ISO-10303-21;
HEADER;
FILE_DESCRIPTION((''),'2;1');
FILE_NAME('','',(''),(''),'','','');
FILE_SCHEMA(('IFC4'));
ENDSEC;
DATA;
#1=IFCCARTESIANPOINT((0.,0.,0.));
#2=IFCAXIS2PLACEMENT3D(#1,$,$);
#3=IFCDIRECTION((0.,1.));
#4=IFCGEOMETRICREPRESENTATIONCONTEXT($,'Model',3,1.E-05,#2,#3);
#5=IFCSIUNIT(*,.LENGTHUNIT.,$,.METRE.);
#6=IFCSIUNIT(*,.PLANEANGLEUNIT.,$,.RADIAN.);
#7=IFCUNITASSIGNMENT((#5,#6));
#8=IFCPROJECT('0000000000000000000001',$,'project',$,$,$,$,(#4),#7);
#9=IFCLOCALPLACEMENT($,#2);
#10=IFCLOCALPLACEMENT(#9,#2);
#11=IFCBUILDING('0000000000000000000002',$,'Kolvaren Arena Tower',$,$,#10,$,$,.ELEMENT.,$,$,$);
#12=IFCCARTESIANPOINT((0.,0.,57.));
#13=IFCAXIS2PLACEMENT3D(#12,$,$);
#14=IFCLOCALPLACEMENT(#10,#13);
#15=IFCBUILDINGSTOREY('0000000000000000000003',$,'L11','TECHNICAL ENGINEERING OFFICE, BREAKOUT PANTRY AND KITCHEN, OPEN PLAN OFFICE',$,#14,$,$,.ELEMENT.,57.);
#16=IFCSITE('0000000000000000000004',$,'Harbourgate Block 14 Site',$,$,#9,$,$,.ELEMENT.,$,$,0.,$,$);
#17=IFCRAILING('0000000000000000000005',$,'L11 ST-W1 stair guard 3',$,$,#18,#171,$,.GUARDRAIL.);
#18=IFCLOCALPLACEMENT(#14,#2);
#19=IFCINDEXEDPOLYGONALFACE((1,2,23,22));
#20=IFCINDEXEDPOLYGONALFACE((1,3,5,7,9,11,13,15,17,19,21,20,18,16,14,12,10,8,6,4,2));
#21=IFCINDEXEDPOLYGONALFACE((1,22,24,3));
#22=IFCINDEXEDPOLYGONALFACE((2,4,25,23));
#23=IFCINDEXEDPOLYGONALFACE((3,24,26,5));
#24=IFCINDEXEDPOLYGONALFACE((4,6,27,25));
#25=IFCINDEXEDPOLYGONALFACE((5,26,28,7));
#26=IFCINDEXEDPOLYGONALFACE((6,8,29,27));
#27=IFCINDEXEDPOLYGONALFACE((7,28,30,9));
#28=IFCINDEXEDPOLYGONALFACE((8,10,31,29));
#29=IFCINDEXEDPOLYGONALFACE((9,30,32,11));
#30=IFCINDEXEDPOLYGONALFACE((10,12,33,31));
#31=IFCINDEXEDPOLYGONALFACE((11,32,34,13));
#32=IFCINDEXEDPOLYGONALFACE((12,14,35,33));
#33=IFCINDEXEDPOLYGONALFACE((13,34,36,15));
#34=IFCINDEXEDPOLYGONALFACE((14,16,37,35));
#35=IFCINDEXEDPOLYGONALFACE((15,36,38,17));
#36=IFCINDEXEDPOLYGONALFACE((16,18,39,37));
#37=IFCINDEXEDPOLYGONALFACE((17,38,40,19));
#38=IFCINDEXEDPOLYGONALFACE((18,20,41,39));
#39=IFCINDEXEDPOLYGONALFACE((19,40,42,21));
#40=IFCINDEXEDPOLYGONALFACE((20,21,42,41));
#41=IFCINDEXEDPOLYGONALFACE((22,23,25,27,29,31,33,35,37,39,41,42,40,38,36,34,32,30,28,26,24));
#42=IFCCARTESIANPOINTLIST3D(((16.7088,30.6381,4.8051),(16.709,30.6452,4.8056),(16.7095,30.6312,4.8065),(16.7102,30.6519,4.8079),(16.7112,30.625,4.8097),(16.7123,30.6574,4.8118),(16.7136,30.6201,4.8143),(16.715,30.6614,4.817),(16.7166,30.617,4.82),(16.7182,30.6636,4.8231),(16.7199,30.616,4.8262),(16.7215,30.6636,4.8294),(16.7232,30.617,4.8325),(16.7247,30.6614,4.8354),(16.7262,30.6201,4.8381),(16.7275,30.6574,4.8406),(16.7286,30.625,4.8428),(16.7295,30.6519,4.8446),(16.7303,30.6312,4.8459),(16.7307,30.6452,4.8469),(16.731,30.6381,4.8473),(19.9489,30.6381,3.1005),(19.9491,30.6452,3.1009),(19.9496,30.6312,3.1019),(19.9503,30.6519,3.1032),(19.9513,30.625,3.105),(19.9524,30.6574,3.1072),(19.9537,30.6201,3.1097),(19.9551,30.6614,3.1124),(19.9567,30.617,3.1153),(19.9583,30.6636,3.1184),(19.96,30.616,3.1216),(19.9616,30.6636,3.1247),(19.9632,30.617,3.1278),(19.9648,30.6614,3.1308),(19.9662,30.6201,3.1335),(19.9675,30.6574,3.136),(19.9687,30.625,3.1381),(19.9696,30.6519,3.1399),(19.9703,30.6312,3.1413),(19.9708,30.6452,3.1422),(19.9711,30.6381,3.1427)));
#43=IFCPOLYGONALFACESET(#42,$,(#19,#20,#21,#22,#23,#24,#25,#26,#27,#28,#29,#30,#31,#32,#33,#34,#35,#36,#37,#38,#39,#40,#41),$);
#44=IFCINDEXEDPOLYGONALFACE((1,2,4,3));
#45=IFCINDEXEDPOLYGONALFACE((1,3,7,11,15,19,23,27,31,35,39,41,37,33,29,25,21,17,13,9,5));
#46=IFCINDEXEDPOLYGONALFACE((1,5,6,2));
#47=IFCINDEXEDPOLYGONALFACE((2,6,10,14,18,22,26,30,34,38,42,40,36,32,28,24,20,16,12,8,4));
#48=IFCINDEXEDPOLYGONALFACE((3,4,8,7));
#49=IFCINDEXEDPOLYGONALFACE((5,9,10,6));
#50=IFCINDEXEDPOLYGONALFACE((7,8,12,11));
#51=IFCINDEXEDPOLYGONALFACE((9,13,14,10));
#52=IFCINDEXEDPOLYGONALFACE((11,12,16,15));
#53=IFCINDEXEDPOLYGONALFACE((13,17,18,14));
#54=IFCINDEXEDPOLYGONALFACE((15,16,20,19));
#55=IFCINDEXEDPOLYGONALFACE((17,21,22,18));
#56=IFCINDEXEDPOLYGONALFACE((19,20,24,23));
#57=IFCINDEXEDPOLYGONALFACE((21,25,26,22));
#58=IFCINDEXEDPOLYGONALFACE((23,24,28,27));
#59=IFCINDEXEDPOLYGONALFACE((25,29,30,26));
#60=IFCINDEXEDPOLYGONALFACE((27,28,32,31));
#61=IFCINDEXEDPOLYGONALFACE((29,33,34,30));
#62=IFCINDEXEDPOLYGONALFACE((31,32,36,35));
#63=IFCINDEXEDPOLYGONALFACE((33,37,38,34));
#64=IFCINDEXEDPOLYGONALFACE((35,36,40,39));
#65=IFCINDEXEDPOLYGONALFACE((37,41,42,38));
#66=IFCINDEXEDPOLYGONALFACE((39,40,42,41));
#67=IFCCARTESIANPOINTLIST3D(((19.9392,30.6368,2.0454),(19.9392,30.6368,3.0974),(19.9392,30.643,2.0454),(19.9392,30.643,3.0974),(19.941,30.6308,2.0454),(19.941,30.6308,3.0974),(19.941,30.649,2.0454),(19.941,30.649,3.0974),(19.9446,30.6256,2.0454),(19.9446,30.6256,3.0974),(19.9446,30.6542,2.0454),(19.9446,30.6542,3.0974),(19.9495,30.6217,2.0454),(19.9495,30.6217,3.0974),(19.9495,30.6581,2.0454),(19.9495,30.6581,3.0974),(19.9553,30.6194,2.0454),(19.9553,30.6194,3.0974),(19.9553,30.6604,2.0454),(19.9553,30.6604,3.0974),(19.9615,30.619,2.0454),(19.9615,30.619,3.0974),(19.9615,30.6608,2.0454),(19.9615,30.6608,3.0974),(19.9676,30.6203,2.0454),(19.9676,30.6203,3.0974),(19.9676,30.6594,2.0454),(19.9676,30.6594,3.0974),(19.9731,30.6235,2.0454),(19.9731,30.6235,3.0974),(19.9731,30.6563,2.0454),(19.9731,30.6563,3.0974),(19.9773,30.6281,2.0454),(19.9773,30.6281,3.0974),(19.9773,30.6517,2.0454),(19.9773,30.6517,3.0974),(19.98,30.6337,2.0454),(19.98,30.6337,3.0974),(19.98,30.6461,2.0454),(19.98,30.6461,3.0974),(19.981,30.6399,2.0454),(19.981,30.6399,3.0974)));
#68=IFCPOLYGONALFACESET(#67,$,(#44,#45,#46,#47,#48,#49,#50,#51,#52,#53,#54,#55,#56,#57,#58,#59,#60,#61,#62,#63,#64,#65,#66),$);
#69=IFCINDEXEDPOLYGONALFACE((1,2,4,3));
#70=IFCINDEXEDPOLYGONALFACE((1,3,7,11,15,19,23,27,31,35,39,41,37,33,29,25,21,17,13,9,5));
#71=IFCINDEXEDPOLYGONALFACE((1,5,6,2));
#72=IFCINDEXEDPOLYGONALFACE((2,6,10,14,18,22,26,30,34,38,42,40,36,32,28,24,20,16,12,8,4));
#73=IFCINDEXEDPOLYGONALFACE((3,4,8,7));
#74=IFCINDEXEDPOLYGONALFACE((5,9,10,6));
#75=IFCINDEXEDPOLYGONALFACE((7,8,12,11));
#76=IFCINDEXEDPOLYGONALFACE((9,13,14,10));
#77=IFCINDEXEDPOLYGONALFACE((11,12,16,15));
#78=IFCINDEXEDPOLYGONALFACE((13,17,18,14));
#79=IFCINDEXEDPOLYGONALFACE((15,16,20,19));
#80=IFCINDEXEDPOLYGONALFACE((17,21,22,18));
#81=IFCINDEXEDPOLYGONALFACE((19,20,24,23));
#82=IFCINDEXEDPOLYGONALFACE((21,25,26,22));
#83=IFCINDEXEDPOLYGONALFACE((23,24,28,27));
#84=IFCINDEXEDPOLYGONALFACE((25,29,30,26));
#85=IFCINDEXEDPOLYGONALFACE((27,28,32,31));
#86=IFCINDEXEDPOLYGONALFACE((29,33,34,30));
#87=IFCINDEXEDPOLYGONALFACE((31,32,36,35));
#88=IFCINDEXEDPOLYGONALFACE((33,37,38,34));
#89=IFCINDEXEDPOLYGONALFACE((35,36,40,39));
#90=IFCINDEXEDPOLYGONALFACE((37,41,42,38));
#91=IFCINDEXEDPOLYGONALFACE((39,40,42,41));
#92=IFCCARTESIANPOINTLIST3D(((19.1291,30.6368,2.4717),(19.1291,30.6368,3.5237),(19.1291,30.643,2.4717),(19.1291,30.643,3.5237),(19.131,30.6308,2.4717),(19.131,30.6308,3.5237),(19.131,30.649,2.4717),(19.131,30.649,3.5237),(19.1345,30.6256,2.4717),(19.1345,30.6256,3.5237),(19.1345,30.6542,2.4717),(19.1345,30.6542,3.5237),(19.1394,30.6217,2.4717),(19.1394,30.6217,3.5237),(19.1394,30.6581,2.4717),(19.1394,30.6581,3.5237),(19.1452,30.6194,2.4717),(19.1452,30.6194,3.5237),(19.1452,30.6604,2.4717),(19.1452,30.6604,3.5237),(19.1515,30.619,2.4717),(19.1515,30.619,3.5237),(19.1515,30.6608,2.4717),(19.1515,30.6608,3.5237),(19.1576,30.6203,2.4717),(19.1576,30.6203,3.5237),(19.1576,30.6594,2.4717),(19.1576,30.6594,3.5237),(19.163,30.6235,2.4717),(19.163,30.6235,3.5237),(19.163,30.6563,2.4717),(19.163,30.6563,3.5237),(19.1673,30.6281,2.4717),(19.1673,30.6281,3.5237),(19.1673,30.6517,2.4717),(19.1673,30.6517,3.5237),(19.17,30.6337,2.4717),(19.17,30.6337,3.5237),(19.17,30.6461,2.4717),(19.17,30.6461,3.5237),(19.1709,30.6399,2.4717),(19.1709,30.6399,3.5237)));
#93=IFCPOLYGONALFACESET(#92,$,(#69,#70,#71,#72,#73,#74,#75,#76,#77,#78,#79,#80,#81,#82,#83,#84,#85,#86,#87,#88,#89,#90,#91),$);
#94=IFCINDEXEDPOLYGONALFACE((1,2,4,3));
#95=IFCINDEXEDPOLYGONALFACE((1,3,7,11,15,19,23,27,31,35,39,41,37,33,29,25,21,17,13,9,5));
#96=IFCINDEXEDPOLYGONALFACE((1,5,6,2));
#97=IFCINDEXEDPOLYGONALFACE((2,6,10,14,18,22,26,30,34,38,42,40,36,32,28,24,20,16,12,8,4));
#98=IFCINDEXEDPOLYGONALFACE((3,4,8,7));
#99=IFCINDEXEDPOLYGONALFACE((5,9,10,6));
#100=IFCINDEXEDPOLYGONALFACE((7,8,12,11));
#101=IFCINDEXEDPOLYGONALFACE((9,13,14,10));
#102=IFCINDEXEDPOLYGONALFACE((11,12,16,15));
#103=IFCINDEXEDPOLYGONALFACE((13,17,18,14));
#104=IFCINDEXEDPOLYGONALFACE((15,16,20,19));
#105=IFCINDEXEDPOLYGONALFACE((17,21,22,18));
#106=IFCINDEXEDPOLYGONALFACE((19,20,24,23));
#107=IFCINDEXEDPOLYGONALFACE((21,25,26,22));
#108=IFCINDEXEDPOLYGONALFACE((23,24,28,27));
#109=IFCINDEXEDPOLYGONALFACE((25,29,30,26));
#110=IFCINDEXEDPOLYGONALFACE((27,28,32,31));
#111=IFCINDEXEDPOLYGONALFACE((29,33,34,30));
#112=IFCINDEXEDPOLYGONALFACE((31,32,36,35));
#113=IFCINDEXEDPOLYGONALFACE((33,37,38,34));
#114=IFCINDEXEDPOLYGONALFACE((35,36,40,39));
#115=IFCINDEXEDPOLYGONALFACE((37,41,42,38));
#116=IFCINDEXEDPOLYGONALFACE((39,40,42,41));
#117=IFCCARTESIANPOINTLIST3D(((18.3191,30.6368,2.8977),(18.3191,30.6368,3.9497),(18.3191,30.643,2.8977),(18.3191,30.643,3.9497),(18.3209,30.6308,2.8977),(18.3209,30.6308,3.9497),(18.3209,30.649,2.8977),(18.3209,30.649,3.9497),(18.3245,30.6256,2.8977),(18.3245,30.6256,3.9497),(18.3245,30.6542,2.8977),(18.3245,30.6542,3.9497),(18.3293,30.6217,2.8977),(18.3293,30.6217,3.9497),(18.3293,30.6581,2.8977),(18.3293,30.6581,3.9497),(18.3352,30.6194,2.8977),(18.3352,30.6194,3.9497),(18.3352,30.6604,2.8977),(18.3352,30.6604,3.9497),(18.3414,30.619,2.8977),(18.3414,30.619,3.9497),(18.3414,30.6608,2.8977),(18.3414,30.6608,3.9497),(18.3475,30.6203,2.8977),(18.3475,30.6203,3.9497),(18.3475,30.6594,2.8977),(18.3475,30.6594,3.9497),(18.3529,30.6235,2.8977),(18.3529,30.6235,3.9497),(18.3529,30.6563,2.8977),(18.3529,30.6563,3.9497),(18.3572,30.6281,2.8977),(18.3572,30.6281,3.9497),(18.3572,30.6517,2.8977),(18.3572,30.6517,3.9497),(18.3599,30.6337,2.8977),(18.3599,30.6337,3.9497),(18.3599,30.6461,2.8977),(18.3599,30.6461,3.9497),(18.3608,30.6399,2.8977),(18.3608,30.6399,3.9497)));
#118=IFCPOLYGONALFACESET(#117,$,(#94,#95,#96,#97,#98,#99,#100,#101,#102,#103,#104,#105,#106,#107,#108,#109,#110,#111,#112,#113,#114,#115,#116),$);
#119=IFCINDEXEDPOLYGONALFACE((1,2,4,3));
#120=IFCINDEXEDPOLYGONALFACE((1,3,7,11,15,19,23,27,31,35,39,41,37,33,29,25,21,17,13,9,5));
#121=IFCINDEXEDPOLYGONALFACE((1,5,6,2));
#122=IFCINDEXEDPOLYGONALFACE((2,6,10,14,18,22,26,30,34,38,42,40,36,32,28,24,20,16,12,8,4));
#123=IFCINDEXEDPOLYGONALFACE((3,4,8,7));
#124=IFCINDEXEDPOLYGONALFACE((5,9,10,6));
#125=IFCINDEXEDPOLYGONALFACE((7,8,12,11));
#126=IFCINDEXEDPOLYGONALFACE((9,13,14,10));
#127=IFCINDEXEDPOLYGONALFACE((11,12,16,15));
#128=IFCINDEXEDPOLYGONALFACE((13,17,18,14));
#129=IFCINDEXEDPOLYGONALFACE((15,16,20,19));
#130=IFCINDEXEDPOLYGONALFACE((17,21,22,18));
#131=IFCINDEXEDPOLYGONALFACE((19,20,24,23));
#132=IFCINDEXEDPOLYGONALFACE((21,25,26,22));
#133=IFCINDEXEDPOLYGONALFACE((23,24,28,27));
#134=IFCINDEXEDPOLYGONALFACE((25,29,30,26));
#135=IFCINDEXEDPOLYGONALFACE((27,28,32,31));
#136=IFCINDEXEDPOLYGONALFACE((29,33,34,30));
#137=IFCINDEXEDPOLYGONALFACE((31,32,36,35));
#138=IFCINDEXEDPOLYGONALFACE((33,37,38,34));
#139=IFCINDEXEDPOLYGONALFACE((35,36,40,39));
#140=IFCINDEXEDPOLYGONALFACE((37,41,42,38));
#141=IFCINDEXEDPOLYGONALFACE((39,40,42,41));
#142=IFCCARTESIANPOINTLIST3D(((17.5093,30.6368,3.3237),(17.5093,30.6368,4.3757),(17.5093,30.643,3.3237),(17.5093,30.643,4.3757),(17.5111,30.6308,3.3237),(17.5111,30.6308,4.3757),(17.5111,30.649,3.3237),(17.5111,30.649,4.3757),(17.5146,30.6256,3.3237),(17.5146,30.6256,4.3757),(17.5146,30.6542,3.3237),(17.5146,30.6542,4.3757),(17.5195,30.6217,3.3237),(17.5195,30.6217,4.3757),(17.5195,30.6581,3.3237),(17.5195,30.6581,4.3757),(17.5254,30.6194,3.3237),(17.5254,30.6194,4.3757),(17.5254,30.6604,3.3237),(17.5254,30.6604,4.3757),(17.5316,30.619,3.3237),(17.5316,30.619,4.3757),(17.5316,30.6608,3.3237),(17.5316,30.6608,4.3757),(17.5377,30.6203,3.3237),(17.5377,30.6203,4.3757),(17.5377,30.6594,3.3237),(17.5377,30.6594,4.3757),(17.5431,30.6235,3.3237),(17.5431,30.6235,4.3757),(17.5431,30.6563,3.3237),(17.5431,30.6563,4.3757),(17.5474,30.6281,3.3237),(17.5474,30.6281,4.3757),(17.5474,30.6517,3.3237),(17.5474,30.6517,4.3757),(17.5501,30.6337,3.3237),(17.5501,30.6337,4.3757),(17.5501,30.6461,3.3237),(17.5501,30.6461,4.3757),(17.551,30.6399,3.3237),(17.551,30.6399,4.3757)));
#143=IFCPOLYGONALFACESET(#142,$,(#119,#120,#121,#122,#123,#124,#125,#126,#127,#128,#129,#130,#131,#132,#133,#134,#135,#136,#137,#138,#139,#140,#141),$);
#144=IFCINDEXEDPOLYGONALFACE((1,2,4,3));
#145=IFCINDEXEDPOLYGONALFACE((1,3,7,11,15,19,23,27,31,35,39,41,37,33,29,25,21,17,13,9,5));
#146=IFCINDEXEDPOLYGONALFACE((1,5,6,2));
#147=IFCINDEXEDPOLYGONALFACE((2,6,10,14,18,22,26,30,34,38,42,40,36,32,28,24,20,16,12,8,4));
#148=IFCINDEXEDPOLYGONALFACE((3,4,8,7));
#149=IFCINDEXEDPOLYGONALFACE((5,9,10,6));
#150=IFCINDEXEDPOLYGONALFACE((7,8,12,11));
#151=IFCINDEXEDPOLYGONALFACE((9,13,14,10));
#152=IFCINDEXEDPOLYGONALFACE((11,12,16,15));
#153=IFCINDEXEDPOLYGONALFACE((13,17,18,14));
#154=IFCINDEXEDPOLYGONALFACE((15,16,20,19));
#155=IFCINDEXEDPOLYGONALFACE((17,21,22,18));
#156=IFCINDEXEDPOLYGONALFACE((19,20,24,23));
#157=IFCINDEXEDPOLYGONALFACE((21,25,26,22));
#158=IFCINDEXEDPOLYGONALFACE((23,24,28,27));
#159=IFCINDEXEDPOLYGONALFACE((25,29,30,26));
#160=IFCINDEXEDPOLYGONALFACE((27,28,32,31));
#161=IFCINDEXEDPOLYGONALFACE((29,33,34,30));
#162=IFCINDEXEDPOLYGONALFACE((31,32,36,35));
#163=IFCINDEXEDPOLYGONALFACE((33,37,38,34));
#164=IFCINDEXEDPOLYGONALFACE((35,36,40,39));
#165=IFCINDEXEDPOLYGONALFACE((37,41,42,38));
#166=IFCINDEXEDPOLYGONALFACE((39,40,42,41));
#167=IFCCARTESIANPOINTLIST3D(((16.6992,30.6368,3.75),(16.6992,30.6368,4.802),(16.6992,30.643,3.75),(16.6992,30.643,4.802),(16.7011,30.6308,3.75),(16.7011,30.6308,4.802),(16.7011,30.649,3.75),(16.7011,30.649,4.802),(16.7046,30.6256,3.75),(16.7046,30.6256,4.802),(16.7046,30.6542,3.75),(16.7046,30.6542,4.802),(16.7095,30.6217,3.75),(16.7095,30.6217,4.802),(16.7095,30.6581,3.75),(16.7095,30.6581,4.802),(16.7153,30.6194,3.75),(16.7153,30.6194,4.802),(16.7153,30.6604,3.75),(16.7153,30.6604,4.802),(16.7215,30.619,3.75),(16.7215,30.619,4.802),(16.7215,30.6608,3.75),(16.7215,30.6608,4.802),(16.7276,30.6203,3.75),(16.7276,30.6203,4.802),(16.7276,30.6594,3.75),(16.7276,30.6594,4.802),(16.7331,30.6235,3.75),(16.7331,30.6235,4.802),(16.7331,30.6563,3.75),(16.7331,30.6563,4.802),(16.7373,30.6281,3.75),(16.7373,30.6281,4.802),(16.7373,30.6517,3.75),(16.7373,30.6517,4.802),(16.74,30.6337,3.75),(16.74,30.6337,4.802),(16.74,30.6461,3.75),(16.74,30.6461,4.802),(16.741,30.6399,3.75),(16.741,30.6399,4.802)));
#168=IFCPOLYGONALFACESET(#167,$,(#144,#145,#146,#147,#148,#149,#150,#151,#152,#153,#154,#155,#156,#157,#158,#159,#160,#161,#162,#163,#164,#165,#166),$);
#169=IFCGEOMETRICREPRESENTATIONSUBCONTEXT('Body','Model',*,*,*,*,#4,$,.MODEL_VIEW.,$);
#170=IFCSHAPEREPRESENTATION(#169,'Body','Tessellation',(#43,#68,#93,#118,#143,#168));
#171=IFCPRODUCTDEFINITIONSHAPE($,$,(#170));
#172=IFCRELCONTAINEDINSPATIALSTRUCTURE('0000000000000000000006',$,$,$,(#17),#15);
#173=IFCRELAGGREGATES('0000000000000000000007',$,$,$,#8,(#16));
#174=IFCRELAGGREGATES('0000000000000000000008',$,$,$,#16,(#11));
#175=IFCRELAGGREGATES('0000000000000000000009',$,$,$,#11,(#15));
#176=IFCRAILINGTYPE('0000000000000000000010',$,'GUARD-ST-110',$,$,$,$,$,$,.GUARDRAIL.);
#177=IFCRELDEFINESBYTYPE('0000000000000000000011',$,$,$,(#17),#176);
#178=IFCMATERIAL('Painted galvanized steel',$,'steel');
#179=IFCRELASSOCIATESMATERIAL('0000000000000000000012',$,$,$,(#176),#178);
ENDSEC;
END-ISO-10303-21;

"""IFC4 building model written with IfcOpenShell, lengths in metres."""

from ifc_helpers import new_model, si_unit, direction, frame, origin, origin_2d, place, context, subcontext, project, spatial, circle, extrude, material, type_object, element, save


model = new_model("IFC4")

# Units and contexts
model_context = context("Model", 3, precision=1e-05, world=origin(), true_north=direction((0.0, 1.0)))
body_context = subcontext(model_context, "Body", "Model", "MODEL_VIEW")
ifc_project = project(units=[si_unit("LENGTHUNIT", "METRE"), si_unit("PLANEANGLEUNIT", "RADIAN")], contexts=[model_context])

# Site, building, storey
site_placement = place(None, origin())
site = spatial("IfcSite", under=ifc_project, at=site_placement, Name="Harbourgate Block 14 Site", CompositionType="ELEMENT", RefElevation=0.0)
building_placement = place(site_placement, origin())
building = spatial("IfcBuilding", under=site, at=building_placement, Name="Kolvaren Arena Tower", CompositionType="ELEMENT")
storey_placement = place(building_placement, frame((0.0, 0.0, 57.0)))
storey = spatial("IfcBuildingStorey", under=building, at=storey_placement, Name="L11", Description="TECHNICAL ENGINEERING OFFICE, BREAKOUT PANTRY AND KITCHEN, OPEN PLAN OFFICE", CompositionType="ELEMENT", Elevation=57.0)

# Railing
ifc_material_1 = material(Name="Painted galvanized steel", Category="steel")
railing_type = type_object("IfcRailingType", Name="GUARD-ST-110", PredefinedType="GUARDRAIL", material=ifc_material_1)
railing_1_placement = place(storey_placement, frame((19.96, 30.6399, 2.0454)))
element("IfcRailing", 1, at=railing_1_placement, inside=storey, type_object=railing_type, Name="L11 ST-W1 stair guard 3", PredefinedType="GUARDRAIL", context=body_context, shape_type="SweptSolid", body=[
    extrude(circle(Radius=0.0239, at=origin_2d()), frame((0.0, 0.0, 1.0762), z_axis=(-0.884993, 0.0, 0.465604), x_axis=(0.0, -1.0, 0.0)), (0.0, 0.0, 1.0), 3.6611),
    extrude(circle(Radius=0.021, at=origin_2d()), origin(), (0.0, 0.0, 1.0), 1.052),
    extrude(circle(Radius=0.021, at=origin_2d()), frame((-0.8101, 0.0, 0.4263)), (0.0, 0.0, 1.0), 1.052),
    extrude(circle(Radius=0.021, at=origin_2d()), frame((-1.6201, 0.0, 0.8523)), (0.0, 0.0, 1.0), 1.052),
    extrude(circle(Radius=0.021, at=origin_2d()), frame((-2.4299, 0.0, 1.2783)), (0.0, 0.0, 1.0), 1.052),
    extrude(circle(Radius=0.021, at=origin_2d()), frame((-3.24, 0.0, 1.7046)), (0.0, 0.0, 1.0), 1.052),
])

save(model, "model.ifc")
